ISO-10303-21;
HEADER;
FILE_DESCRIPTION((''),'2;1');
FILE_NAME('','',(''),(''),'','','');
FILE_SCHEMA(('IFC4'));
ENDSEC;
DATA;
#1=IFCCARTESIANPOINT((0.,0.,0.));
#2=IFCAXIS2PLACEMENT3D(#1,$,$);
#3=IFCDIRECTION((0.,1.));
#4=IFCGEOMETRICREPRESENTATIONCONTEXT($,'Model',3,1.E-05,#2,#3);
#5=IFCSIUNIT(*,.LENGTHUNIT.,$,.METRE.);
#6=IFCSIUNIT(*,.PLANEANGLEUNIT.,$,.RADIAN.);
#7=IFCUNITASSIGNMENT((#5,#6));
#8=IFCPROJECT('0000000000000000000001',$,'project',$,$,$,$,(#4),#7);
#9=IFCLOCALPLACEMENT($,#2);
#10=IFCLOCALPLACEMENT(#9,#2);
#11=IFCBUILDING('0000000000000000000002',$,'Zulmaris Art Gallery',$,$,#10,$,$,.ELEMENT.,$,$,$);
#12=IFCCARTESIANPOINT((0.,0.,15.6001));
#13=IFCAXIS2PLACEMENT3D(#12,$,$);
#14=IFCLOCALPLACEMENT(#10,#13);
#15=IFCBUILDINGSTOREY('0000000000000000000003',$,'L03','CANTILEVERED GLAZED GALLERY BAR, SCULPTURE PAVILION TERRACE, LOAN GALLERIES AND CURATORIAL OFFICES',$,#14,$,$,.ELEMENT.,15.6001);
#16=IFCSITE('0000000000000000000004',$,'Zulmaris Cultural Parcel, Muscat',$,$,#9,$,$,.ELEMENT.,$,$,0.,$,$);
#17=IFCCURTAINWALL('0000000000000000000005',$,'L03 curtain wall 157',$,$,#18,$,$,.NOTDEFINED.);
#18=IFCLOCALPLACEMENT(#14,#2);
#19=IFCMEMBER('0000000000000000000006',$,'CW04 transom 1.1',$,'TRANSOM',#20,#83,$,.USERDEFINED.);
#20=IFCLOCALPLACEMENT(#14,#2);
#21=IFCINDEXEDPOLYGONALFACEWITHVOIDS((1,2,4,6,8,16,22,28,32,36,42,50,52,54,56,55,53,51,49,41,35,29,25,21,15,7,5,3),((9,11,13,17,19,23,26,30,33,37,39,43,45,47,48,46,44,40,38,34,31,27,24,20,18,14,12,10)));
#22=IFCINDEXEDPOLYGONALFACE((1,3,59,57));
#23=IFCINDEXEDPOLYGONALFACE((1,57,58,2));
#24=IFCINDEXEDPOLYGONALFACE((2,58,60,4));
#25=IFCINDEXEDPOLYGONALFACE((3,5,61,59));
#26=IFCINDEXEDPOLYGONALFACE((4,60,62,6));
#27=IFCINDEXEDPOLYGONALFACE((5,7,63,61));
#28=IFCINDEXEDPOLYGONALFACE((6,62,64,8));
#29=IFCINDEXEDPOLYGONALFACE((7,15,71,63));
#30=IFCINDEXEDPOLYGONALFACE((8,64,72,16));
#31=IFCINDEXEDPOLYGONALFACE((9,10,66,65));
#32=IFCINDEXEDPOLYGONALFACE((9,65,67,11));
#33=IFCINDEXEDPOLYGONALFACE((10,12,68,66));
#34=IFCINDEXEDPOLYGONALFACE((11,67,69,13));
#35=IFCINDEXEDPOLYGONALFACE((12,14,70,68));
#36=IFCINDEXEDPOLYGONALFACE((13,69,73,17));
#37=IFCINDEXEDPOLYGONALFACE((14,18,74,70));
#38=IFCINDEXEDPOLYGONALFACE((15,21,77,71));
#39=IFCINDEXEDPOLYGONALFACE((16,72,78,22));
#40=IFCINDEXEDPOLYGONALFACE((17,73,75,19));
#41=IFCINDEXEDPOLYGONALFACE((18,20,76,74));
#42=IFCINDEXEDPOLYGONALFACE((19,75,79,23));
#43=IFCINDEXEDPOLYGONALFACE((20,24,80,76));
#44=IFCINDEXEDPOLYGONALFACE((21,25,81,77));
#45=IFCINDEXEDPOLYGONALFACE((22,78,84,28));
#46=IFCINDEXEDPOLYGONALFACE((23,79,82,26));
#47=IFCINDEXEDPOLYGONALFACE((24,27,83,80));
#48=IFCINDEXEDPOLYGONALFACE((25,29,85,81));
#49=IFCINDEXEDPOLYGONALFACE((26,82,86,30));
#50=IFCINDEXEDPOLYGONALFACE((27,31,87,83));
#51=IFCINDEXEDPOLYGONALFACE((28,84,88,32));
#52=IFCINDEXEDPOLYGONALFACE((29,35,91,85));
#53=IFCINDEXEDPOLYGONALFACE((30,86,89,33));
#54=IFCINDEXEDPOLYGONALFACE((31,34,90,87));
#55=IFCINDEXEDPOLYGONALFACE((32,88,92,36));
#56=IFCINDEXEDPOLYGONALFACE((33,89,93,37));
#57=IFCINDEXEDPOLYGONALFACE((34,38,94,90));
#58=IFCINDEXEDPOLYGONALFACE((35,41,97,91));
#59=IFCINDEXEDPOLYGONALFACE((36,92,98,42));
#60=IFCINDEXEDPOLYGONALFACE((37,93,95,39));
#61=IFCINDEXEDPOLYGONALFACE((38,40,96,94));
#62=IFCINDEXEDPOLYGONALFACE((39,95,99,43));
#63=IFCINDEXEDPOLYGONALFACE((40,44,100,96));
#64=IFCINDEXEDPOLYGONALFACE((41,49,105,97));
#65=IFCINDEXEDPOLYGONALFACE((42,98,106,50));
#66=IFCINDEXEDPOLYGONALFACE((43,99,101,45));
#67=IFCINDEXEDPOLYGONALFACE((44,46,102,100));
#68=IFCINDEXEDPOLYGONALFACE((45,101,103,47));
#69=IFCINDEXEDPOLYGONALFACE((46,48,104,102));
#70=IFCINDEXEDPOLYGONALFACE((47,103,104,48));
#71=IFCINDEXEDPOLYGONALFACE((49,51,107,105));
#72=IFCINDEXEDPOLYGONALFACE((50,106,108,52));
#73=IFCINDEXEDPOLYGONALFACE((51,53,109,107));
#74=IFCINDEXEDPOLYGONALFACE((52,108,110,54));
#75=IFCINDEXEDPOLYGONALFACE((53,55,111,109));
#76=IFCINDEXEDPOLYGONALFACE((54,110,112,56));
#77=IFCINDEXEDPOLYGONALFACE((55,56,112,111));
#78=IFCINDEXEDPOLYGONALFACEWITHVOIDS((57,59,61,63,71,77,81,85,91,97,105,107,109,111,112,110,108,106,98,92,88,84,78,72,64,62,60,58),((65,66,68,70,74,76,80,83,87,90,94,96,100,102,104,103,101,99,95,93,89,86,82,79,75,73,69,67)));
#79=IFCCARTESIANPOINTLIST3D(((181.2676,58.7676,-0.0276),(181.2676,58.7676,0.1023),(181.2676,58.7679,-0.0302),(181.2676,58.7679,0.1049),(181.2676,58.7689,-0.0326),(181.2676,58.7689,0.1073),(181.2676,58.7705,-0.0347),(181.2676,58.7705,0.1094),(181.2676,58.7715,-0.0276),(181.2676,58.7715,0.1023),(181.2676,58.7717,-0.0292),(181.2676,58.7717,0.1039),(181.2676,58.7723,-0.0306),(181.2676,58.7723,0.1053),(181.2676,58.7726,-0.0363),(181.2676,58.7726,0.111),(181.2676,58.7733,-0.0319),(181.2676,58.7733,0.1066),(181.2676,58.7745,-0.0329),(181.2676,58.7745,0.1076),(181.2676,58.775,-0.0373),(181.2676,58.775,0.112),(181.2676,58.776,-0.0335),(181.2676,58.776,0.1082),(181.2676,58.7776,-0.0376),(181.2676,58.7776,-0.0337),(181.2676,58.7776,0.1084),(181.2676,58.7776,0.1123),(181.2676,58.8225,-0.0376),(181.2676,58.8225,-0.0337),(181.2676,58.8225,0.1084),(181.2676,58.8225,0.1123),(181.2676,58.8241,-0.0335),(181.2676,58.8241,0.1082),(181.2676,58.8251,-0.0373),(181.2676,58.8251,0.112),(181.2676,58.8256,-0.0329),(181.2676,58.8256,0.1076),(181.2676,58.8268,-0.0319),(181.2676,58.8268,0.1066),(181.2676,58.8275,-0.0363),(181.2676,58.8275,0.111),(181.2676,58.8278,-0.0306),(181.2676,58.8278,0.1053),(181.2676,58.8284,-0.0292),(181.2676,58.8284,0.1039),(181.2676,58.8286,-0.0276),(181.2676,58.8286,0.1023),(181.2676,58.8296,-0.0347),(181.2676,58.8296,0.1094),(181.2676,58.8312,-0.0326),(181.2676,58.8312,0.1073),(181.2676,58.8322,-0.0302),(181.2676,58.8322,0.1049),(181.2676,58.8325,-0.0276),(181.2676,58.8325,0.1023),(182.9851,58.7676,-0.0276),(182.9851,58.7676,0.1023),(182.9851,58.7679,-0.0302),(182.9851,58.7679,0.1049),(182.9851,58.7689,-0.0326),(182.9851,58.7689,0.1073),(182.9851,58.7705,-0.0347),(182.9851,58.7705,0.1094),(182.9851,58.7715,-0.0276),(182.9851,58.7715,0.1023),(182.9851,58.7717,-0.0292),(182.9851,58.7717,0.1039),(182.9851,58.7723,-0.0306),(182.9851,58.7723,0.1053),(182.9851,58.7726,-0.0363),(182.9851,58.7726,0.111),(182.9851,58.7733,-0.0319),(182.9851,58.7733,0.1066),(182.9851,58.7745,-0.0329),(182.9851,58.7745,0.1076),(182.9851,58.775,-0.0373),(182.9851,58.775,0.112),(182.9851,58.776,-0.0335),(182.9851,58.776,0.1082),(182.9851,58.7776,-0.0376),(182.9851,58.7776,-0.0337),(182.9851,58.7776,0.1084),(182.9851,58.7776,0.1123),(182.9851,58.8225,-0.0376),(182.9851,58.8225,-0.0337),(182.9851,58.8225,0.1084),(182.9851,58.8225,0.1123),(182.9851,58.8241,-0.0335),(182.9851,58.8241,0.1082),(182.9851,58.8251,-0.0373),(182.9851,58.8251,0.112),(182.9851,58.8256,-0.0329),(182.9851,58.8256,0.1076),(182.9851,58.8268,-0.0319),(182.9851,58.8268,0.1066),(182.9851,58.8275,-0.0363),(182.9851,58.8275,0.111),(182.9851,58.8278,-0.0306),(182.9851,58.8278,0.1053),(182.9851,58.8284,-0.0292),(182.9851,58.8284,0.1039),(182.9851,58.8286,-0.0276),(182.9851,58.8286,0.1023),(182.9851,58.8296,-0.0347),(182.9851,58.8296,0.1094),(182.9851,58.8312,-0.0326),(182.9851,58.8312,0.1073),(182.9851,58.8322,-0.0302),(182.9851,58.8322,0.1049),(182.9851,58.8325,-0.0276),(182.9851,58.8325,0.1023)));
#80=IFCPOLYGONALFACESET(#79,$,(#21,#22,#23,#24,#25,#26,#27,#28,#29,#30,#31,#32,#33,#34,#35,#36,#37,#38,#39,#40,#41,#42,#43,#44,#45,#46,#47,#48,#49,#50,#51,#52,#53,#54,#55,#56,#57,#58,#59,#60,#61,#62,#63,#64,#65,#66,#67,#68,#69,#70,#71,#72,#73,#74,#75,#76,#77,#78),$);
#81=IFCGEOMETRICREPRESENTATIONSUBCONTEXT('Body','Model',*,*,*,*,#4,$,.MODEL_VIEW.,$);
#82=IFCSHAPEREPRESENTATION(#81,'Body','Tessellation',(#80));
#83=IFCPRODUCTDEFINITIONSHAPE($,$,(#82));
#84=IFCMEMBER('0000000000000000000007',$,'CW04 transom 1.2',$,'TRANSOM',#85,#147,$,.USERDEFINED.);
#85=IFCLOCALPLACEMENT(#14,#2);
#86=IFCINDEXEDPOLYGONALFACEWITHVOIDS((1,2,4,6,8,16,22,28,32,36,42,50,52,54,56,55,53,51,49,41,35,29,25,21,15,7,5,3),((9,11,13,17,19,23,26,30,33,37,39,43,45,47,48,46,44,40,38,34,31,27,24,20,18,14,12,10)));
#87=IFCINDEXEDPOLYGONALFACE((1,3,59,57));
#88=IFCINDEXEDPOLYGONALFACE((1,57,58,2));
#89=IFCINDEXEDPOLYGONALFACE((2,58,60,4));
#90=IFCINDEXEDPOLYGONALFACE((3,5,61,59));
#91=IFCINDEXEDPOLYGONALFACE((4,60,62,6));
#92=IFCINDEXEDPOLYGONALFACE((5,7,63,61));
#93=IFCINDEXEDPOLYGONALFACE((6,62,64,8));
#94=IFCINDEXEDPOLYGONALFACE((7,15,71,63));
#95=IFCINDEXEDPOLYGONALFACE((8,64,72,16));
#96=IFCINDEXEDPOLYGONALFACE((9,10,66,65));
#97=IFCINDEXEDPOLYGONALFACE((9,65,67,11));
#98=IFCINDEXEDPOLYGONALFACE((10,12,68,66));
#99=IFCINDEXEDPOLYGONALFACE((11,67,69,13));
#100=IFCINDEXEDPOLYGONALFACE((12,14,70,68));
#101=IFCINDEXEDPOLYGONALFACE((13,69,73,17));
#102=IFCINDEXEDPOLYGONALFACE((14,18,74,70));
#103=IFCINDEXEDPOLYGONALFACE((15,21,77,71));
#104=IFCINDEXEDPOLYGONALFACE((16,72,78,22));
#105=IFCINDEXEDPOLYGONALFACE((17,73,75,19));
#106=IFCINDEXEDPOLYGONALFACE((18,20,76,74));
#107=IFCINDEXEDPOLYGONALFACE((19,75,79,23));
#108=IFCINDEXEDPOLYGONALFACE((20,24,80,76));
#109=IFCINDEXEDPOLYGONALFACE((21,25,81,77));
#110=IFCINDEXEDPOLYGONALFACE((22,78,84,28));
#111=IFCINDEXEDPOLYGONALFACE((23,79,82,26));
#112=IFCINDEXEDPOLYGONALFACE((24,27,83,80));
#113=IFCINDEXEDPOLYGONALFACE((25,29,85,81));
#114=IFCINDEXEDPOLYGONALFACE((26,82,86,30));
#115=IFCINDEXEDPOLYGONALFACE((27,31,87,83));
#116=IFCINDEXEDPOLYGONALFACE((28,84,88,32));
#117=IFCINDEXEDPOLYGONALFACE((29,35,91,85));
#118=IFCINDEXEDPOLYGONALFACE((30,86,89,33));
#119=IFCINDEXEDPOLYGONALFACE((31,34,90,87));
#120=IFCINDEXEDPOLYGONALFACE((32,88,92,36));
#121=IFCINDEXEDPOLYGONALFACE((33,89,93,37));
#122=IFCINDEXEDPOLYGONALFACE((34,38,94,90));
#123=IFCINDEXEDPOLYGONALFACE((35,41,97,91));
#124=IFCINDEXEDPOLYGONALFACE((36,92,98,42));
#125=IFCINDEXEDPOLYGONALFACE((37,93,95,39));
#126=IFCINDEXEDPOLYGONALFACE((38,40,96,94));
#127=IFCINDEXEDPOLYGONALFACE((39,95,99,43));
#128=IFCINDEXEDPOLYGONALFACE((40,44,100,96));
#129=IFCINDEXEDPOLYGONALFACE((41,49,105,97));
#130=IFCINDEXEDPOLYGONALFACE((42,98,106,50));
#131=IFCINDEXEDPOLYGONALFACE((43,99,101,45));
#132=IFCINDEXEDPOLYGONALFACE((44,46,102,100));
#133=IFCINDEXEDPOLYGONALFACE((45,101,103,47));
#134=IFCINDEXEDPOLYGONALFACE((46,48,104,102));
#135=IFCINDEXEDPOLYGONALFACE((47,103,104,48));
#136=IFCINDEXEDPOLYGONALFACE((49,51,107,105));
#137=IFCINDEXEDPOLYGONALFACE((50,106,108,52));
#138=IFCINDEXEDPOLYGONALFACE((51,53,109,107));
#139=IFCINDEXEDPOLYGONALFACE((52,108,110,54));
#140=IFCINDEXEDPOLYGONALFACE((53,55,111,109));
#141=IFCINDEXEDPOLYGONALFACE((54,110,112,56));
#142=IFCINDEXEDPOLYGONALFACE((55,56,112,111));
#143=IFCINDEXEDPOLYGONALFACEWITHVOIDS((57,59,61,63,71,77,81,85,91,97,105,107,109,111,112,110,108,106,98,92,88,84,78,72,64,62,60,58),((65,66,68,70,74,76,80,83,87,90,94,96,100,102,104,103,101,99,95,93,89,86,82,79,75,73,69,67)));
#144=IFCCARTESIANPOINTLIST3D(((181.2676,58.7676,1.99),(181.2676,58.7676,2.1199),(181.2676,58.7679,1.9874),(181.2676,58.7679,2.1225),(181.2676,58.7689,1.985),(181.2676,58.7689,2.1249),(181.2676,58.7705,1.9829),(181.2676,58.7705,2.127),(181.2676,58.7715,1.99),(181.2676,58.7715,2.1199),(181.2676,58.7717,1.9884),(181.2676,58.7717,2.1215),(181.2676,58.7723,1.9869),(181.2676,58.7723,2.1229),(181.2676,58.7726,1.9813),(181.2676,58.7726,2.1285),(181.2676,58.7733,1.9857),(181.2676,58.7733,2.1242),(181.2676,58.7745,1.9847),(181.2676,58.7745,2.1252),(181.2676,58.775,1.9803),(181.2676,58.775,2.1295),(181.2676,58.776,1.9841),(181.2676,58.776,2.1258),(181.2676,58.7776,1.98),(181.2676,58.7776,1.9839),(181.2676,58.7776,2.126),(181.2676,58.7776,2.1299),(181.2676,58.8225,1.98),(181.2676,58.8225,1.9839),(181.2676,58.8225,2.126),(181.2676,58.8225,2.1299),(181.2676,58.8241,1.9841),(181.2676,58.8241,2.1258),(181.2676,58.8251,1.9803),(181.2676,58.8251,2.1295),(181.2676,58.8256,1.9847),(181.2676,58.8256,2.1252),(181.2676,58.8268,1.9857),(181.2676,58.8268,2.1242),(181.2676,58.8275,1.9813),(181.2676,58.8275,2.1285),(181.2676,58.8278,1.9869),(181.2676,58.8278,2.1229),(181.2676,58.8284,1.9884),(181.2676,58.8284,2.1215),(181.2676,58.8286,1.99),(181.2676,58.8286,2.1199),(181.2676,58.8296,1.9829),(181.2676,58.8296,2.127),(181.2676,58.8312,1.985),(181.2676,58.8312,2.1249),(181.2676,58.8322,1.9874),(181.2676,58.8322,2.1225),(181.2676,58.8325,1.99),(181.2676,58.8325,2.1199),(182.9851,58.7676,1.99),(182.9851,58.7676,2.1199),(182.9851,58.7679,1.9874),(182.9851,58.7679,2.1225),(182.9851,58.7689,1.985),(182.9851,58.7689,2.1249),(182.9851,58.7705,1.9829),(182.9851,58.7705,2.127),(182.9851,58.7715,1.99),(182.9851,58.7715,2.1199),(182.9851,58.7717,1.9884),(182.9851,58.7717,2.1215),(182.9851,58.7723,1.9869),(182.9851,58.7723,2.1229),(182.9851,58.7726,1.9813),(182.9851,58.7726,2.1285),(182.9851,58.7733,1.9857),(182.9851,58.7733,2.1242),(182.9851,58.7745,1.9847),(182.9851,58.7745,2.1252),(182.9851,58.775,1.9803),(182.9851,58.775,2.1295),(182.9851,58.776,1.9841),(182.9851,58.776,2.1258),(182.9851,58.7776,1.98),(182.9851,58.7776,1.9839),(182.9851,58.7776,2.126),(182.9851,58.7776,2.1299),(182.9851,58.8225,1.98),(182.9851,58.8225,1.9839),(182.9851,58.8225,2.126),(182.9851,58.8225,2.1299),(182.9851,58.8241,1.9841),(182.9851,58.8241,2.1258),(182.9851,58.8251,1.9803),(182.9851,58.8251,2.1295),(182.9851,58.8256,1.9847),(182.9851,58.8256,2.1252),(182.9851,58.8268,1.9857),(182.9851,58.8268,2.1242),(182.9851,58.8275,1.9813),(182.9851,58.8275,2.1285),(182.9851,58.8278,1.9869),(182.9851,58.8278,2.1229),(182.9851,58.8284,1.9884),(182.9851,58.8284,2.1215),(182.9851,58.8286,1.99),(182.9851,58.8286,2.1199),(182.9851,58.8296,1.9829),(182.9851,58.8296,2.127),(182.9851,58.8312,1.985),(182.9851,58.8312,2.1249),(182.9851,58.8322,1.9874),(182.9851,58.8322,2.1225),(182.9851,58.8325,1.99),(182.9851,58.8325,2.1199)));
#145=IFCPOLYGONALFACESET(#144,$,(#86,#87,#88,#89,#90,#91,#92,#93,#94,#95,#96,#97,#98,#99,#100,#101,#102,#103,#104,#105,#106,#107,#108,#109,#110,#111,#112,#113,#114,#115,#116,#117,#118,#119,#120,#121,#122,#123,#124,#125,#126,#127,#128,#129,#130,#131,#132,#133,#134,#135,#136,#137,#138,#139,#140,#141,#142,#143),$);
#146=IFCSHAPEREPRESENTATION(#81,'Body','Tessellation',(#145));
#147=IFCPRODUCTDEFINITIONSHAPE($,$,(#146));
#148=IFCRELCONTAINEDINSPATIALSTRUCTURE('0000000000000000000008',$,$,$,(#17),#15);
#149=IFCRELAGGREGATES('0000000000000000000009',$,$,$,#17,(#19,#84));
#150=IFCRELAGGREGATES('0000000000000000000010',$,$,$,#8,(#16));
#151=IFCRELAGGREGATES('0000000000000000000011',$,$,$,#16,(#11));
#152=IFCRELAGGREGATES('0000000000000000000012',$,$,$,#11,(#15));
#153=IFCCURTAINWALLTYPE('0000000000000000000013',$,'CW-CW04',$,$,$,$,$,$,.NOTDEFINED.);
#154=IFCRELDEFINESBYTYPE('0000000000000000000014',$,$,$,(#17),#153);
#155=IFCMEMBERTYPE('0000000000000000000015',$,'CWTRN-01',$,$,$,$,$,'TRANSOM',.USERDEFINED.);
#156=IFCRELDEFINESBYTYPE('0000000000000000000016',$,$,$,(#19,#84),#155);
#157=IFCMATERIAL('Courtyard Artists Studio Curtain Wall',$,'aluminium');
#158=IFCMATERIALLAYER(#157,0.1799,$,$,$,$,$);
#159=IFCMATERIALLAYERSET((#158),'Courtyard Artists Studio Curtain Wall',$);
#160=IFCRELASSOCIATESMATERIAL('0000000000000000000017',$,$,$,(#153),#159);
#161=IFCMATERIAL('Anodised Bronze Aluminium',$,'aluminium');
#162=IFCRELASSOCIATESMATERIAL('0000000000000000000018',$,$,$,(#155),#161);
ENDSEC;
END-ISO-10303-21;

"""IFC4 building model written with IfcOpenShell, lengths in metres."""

from ifc_helpers import new_model, si_unit, direction, frame, origin, origin_2d, place, context, subcontext, project, spatial, hollow_rectangle, extrude, material, layer, layer_set, material_profile, profile_set, type_object, element, aggregate, save


model = new_model("IFC4")

# Units and contexts
model_context = context("Model", 3, precision=1e-05, world=origin(), true_north=direction((0.0, 1.0)))
body_context = subcontext(model_context, "Body", "Model", "MODEL_VIEW")
ifc_project = project(units=[si_unit("LENGTHUNIT", "METRE"), si_unit("PLANEANGLEUNIT", "RADIAN")], contexts=[model_context])

# Site, building, storey
site_placement = place(None, origin())
site = spatial("IfcSite", under=ifc_project, at=site_placement, Name="Zulmaris Cultural Parcel, Muscat", CompositionType="ELEMENT", RefElevation=0.0)
building_placement = place(site_placement, origin())
building = spatial("IfcBuilding", under=site, at=building_placement, Name="Zulmaris Art Gallery", CompositionType="ELEMENT")
storey_placement = place(building_placement, frame((0.0, 0.0, 15.6001)))
storey = spatial("IfcBuildingStorey", under=building, at=storey_placement, Name="L03", Description="CANTILEVERED GLAZED GALLERY BAR, SCULPTURE PAVILION TERRACE, LOAN GALLERIES AND CURATORIAL OFFICES", CompositionType="ELEMENT", Elevation=15.6001)

# Curtain wall, members
ifc_material_1 = material(Name="Courtyard Artists Studio Curtain Wall", Category="aluminium")
ifc_layer_1 = layer(ifc_material_1, 0.1799)
ifc_layer_set_1 = layer_set([ifc_layer_1], Name="Courtyard Artists Studio Curtain Wall")
curtain_wall_type = type_object("IfcCurtainWallType", Name="CW-CW04", PredefinedType="NOTDEFINED", material=ifc_layer_set_1)
curtain_wall_placement = place(storey_placement, origin())
curtain_wall = element("IfcCurtainWall", 1, at=curtain_wall_placement, inside=storey, type_object=curtain_wall_type, Name="L03 curtain wall 157", PredefinedType="NOTDEFINED")
ifc_material_2 = material(Name="Anodised Bronze Aluminium", Category="aluminium")
ifc_material_profile_1 = material_profile(ifc_material_2, hollow_rectangle(XDim=0.0649, YDim=0.1499, WallThickness=0.0039, InnerFilletRadius=0.0061, OuterFilletRadius=0.01, at=origin_2d()), Name="ALU 65x150x4")
ifc_profile_set_1 = profile_set([ifc_material_profile_1], Name="Anodised Bronze Aluminium")
member_type_1 = type_object("IfcMemberType", Name="CWTRN-01", ElementType="TRANSOM", PredefinedType="USERDEFINED", material=ifc_profile_set_1)
member_1_placement = place(storey_placement, frame((182.9851, 58.8, 0.0374), z_axis=(-1.0, 0.0, 0.0), x_axis=(0.0, -1.0, 0.0)))
member_1 = element("IfcMember", 2, at=member_1_placement, type_object=member_type_1, Name="CW04 transom 1.1", ObjectType="TRANSOM", PredefinedType="USERDEFINED", context=body_context, shape_type="SweptSolid", body=[
    extrude(hollow_rectangle(XDim=0.0649, YDim=0.1499, WallThickness=0.0039, InnerFilletRadius=0.0061, OuterFilletRadius=0.01, at=origin_2d()), origin(), (0.0, 0.0, 1.0), 1.7175),
])
member_2_placement = place(storey_placement, frame((182.9851, 58.8, 2.0549), z_axis=(-1.0, 0.0, 0.0), x_axis=(0.0, -1.0, 0.0)))
member_2 = element("IfcMember", 3, at=member_2_placement, type_object=member_type_1, Name="CW04 transom 1.2", ObjectType="TRANSOM", PredefinedType="USERDEFINED", context=body_context, shape_type="SweptSolid", body=[
    extrude(hollow_rectangle(XDim=0.0649, YDim=0.1499, WallThickness=0.0039, InnerFilletRadius=0.0061, OuterFilletRadius=0.01, at=origin_2d()), origin(), (0.0, 0.0, 1.0), 1.7175),
])
aggregate(curtain_wall, [member_1, member_2])

save(model, "model.ifc")
